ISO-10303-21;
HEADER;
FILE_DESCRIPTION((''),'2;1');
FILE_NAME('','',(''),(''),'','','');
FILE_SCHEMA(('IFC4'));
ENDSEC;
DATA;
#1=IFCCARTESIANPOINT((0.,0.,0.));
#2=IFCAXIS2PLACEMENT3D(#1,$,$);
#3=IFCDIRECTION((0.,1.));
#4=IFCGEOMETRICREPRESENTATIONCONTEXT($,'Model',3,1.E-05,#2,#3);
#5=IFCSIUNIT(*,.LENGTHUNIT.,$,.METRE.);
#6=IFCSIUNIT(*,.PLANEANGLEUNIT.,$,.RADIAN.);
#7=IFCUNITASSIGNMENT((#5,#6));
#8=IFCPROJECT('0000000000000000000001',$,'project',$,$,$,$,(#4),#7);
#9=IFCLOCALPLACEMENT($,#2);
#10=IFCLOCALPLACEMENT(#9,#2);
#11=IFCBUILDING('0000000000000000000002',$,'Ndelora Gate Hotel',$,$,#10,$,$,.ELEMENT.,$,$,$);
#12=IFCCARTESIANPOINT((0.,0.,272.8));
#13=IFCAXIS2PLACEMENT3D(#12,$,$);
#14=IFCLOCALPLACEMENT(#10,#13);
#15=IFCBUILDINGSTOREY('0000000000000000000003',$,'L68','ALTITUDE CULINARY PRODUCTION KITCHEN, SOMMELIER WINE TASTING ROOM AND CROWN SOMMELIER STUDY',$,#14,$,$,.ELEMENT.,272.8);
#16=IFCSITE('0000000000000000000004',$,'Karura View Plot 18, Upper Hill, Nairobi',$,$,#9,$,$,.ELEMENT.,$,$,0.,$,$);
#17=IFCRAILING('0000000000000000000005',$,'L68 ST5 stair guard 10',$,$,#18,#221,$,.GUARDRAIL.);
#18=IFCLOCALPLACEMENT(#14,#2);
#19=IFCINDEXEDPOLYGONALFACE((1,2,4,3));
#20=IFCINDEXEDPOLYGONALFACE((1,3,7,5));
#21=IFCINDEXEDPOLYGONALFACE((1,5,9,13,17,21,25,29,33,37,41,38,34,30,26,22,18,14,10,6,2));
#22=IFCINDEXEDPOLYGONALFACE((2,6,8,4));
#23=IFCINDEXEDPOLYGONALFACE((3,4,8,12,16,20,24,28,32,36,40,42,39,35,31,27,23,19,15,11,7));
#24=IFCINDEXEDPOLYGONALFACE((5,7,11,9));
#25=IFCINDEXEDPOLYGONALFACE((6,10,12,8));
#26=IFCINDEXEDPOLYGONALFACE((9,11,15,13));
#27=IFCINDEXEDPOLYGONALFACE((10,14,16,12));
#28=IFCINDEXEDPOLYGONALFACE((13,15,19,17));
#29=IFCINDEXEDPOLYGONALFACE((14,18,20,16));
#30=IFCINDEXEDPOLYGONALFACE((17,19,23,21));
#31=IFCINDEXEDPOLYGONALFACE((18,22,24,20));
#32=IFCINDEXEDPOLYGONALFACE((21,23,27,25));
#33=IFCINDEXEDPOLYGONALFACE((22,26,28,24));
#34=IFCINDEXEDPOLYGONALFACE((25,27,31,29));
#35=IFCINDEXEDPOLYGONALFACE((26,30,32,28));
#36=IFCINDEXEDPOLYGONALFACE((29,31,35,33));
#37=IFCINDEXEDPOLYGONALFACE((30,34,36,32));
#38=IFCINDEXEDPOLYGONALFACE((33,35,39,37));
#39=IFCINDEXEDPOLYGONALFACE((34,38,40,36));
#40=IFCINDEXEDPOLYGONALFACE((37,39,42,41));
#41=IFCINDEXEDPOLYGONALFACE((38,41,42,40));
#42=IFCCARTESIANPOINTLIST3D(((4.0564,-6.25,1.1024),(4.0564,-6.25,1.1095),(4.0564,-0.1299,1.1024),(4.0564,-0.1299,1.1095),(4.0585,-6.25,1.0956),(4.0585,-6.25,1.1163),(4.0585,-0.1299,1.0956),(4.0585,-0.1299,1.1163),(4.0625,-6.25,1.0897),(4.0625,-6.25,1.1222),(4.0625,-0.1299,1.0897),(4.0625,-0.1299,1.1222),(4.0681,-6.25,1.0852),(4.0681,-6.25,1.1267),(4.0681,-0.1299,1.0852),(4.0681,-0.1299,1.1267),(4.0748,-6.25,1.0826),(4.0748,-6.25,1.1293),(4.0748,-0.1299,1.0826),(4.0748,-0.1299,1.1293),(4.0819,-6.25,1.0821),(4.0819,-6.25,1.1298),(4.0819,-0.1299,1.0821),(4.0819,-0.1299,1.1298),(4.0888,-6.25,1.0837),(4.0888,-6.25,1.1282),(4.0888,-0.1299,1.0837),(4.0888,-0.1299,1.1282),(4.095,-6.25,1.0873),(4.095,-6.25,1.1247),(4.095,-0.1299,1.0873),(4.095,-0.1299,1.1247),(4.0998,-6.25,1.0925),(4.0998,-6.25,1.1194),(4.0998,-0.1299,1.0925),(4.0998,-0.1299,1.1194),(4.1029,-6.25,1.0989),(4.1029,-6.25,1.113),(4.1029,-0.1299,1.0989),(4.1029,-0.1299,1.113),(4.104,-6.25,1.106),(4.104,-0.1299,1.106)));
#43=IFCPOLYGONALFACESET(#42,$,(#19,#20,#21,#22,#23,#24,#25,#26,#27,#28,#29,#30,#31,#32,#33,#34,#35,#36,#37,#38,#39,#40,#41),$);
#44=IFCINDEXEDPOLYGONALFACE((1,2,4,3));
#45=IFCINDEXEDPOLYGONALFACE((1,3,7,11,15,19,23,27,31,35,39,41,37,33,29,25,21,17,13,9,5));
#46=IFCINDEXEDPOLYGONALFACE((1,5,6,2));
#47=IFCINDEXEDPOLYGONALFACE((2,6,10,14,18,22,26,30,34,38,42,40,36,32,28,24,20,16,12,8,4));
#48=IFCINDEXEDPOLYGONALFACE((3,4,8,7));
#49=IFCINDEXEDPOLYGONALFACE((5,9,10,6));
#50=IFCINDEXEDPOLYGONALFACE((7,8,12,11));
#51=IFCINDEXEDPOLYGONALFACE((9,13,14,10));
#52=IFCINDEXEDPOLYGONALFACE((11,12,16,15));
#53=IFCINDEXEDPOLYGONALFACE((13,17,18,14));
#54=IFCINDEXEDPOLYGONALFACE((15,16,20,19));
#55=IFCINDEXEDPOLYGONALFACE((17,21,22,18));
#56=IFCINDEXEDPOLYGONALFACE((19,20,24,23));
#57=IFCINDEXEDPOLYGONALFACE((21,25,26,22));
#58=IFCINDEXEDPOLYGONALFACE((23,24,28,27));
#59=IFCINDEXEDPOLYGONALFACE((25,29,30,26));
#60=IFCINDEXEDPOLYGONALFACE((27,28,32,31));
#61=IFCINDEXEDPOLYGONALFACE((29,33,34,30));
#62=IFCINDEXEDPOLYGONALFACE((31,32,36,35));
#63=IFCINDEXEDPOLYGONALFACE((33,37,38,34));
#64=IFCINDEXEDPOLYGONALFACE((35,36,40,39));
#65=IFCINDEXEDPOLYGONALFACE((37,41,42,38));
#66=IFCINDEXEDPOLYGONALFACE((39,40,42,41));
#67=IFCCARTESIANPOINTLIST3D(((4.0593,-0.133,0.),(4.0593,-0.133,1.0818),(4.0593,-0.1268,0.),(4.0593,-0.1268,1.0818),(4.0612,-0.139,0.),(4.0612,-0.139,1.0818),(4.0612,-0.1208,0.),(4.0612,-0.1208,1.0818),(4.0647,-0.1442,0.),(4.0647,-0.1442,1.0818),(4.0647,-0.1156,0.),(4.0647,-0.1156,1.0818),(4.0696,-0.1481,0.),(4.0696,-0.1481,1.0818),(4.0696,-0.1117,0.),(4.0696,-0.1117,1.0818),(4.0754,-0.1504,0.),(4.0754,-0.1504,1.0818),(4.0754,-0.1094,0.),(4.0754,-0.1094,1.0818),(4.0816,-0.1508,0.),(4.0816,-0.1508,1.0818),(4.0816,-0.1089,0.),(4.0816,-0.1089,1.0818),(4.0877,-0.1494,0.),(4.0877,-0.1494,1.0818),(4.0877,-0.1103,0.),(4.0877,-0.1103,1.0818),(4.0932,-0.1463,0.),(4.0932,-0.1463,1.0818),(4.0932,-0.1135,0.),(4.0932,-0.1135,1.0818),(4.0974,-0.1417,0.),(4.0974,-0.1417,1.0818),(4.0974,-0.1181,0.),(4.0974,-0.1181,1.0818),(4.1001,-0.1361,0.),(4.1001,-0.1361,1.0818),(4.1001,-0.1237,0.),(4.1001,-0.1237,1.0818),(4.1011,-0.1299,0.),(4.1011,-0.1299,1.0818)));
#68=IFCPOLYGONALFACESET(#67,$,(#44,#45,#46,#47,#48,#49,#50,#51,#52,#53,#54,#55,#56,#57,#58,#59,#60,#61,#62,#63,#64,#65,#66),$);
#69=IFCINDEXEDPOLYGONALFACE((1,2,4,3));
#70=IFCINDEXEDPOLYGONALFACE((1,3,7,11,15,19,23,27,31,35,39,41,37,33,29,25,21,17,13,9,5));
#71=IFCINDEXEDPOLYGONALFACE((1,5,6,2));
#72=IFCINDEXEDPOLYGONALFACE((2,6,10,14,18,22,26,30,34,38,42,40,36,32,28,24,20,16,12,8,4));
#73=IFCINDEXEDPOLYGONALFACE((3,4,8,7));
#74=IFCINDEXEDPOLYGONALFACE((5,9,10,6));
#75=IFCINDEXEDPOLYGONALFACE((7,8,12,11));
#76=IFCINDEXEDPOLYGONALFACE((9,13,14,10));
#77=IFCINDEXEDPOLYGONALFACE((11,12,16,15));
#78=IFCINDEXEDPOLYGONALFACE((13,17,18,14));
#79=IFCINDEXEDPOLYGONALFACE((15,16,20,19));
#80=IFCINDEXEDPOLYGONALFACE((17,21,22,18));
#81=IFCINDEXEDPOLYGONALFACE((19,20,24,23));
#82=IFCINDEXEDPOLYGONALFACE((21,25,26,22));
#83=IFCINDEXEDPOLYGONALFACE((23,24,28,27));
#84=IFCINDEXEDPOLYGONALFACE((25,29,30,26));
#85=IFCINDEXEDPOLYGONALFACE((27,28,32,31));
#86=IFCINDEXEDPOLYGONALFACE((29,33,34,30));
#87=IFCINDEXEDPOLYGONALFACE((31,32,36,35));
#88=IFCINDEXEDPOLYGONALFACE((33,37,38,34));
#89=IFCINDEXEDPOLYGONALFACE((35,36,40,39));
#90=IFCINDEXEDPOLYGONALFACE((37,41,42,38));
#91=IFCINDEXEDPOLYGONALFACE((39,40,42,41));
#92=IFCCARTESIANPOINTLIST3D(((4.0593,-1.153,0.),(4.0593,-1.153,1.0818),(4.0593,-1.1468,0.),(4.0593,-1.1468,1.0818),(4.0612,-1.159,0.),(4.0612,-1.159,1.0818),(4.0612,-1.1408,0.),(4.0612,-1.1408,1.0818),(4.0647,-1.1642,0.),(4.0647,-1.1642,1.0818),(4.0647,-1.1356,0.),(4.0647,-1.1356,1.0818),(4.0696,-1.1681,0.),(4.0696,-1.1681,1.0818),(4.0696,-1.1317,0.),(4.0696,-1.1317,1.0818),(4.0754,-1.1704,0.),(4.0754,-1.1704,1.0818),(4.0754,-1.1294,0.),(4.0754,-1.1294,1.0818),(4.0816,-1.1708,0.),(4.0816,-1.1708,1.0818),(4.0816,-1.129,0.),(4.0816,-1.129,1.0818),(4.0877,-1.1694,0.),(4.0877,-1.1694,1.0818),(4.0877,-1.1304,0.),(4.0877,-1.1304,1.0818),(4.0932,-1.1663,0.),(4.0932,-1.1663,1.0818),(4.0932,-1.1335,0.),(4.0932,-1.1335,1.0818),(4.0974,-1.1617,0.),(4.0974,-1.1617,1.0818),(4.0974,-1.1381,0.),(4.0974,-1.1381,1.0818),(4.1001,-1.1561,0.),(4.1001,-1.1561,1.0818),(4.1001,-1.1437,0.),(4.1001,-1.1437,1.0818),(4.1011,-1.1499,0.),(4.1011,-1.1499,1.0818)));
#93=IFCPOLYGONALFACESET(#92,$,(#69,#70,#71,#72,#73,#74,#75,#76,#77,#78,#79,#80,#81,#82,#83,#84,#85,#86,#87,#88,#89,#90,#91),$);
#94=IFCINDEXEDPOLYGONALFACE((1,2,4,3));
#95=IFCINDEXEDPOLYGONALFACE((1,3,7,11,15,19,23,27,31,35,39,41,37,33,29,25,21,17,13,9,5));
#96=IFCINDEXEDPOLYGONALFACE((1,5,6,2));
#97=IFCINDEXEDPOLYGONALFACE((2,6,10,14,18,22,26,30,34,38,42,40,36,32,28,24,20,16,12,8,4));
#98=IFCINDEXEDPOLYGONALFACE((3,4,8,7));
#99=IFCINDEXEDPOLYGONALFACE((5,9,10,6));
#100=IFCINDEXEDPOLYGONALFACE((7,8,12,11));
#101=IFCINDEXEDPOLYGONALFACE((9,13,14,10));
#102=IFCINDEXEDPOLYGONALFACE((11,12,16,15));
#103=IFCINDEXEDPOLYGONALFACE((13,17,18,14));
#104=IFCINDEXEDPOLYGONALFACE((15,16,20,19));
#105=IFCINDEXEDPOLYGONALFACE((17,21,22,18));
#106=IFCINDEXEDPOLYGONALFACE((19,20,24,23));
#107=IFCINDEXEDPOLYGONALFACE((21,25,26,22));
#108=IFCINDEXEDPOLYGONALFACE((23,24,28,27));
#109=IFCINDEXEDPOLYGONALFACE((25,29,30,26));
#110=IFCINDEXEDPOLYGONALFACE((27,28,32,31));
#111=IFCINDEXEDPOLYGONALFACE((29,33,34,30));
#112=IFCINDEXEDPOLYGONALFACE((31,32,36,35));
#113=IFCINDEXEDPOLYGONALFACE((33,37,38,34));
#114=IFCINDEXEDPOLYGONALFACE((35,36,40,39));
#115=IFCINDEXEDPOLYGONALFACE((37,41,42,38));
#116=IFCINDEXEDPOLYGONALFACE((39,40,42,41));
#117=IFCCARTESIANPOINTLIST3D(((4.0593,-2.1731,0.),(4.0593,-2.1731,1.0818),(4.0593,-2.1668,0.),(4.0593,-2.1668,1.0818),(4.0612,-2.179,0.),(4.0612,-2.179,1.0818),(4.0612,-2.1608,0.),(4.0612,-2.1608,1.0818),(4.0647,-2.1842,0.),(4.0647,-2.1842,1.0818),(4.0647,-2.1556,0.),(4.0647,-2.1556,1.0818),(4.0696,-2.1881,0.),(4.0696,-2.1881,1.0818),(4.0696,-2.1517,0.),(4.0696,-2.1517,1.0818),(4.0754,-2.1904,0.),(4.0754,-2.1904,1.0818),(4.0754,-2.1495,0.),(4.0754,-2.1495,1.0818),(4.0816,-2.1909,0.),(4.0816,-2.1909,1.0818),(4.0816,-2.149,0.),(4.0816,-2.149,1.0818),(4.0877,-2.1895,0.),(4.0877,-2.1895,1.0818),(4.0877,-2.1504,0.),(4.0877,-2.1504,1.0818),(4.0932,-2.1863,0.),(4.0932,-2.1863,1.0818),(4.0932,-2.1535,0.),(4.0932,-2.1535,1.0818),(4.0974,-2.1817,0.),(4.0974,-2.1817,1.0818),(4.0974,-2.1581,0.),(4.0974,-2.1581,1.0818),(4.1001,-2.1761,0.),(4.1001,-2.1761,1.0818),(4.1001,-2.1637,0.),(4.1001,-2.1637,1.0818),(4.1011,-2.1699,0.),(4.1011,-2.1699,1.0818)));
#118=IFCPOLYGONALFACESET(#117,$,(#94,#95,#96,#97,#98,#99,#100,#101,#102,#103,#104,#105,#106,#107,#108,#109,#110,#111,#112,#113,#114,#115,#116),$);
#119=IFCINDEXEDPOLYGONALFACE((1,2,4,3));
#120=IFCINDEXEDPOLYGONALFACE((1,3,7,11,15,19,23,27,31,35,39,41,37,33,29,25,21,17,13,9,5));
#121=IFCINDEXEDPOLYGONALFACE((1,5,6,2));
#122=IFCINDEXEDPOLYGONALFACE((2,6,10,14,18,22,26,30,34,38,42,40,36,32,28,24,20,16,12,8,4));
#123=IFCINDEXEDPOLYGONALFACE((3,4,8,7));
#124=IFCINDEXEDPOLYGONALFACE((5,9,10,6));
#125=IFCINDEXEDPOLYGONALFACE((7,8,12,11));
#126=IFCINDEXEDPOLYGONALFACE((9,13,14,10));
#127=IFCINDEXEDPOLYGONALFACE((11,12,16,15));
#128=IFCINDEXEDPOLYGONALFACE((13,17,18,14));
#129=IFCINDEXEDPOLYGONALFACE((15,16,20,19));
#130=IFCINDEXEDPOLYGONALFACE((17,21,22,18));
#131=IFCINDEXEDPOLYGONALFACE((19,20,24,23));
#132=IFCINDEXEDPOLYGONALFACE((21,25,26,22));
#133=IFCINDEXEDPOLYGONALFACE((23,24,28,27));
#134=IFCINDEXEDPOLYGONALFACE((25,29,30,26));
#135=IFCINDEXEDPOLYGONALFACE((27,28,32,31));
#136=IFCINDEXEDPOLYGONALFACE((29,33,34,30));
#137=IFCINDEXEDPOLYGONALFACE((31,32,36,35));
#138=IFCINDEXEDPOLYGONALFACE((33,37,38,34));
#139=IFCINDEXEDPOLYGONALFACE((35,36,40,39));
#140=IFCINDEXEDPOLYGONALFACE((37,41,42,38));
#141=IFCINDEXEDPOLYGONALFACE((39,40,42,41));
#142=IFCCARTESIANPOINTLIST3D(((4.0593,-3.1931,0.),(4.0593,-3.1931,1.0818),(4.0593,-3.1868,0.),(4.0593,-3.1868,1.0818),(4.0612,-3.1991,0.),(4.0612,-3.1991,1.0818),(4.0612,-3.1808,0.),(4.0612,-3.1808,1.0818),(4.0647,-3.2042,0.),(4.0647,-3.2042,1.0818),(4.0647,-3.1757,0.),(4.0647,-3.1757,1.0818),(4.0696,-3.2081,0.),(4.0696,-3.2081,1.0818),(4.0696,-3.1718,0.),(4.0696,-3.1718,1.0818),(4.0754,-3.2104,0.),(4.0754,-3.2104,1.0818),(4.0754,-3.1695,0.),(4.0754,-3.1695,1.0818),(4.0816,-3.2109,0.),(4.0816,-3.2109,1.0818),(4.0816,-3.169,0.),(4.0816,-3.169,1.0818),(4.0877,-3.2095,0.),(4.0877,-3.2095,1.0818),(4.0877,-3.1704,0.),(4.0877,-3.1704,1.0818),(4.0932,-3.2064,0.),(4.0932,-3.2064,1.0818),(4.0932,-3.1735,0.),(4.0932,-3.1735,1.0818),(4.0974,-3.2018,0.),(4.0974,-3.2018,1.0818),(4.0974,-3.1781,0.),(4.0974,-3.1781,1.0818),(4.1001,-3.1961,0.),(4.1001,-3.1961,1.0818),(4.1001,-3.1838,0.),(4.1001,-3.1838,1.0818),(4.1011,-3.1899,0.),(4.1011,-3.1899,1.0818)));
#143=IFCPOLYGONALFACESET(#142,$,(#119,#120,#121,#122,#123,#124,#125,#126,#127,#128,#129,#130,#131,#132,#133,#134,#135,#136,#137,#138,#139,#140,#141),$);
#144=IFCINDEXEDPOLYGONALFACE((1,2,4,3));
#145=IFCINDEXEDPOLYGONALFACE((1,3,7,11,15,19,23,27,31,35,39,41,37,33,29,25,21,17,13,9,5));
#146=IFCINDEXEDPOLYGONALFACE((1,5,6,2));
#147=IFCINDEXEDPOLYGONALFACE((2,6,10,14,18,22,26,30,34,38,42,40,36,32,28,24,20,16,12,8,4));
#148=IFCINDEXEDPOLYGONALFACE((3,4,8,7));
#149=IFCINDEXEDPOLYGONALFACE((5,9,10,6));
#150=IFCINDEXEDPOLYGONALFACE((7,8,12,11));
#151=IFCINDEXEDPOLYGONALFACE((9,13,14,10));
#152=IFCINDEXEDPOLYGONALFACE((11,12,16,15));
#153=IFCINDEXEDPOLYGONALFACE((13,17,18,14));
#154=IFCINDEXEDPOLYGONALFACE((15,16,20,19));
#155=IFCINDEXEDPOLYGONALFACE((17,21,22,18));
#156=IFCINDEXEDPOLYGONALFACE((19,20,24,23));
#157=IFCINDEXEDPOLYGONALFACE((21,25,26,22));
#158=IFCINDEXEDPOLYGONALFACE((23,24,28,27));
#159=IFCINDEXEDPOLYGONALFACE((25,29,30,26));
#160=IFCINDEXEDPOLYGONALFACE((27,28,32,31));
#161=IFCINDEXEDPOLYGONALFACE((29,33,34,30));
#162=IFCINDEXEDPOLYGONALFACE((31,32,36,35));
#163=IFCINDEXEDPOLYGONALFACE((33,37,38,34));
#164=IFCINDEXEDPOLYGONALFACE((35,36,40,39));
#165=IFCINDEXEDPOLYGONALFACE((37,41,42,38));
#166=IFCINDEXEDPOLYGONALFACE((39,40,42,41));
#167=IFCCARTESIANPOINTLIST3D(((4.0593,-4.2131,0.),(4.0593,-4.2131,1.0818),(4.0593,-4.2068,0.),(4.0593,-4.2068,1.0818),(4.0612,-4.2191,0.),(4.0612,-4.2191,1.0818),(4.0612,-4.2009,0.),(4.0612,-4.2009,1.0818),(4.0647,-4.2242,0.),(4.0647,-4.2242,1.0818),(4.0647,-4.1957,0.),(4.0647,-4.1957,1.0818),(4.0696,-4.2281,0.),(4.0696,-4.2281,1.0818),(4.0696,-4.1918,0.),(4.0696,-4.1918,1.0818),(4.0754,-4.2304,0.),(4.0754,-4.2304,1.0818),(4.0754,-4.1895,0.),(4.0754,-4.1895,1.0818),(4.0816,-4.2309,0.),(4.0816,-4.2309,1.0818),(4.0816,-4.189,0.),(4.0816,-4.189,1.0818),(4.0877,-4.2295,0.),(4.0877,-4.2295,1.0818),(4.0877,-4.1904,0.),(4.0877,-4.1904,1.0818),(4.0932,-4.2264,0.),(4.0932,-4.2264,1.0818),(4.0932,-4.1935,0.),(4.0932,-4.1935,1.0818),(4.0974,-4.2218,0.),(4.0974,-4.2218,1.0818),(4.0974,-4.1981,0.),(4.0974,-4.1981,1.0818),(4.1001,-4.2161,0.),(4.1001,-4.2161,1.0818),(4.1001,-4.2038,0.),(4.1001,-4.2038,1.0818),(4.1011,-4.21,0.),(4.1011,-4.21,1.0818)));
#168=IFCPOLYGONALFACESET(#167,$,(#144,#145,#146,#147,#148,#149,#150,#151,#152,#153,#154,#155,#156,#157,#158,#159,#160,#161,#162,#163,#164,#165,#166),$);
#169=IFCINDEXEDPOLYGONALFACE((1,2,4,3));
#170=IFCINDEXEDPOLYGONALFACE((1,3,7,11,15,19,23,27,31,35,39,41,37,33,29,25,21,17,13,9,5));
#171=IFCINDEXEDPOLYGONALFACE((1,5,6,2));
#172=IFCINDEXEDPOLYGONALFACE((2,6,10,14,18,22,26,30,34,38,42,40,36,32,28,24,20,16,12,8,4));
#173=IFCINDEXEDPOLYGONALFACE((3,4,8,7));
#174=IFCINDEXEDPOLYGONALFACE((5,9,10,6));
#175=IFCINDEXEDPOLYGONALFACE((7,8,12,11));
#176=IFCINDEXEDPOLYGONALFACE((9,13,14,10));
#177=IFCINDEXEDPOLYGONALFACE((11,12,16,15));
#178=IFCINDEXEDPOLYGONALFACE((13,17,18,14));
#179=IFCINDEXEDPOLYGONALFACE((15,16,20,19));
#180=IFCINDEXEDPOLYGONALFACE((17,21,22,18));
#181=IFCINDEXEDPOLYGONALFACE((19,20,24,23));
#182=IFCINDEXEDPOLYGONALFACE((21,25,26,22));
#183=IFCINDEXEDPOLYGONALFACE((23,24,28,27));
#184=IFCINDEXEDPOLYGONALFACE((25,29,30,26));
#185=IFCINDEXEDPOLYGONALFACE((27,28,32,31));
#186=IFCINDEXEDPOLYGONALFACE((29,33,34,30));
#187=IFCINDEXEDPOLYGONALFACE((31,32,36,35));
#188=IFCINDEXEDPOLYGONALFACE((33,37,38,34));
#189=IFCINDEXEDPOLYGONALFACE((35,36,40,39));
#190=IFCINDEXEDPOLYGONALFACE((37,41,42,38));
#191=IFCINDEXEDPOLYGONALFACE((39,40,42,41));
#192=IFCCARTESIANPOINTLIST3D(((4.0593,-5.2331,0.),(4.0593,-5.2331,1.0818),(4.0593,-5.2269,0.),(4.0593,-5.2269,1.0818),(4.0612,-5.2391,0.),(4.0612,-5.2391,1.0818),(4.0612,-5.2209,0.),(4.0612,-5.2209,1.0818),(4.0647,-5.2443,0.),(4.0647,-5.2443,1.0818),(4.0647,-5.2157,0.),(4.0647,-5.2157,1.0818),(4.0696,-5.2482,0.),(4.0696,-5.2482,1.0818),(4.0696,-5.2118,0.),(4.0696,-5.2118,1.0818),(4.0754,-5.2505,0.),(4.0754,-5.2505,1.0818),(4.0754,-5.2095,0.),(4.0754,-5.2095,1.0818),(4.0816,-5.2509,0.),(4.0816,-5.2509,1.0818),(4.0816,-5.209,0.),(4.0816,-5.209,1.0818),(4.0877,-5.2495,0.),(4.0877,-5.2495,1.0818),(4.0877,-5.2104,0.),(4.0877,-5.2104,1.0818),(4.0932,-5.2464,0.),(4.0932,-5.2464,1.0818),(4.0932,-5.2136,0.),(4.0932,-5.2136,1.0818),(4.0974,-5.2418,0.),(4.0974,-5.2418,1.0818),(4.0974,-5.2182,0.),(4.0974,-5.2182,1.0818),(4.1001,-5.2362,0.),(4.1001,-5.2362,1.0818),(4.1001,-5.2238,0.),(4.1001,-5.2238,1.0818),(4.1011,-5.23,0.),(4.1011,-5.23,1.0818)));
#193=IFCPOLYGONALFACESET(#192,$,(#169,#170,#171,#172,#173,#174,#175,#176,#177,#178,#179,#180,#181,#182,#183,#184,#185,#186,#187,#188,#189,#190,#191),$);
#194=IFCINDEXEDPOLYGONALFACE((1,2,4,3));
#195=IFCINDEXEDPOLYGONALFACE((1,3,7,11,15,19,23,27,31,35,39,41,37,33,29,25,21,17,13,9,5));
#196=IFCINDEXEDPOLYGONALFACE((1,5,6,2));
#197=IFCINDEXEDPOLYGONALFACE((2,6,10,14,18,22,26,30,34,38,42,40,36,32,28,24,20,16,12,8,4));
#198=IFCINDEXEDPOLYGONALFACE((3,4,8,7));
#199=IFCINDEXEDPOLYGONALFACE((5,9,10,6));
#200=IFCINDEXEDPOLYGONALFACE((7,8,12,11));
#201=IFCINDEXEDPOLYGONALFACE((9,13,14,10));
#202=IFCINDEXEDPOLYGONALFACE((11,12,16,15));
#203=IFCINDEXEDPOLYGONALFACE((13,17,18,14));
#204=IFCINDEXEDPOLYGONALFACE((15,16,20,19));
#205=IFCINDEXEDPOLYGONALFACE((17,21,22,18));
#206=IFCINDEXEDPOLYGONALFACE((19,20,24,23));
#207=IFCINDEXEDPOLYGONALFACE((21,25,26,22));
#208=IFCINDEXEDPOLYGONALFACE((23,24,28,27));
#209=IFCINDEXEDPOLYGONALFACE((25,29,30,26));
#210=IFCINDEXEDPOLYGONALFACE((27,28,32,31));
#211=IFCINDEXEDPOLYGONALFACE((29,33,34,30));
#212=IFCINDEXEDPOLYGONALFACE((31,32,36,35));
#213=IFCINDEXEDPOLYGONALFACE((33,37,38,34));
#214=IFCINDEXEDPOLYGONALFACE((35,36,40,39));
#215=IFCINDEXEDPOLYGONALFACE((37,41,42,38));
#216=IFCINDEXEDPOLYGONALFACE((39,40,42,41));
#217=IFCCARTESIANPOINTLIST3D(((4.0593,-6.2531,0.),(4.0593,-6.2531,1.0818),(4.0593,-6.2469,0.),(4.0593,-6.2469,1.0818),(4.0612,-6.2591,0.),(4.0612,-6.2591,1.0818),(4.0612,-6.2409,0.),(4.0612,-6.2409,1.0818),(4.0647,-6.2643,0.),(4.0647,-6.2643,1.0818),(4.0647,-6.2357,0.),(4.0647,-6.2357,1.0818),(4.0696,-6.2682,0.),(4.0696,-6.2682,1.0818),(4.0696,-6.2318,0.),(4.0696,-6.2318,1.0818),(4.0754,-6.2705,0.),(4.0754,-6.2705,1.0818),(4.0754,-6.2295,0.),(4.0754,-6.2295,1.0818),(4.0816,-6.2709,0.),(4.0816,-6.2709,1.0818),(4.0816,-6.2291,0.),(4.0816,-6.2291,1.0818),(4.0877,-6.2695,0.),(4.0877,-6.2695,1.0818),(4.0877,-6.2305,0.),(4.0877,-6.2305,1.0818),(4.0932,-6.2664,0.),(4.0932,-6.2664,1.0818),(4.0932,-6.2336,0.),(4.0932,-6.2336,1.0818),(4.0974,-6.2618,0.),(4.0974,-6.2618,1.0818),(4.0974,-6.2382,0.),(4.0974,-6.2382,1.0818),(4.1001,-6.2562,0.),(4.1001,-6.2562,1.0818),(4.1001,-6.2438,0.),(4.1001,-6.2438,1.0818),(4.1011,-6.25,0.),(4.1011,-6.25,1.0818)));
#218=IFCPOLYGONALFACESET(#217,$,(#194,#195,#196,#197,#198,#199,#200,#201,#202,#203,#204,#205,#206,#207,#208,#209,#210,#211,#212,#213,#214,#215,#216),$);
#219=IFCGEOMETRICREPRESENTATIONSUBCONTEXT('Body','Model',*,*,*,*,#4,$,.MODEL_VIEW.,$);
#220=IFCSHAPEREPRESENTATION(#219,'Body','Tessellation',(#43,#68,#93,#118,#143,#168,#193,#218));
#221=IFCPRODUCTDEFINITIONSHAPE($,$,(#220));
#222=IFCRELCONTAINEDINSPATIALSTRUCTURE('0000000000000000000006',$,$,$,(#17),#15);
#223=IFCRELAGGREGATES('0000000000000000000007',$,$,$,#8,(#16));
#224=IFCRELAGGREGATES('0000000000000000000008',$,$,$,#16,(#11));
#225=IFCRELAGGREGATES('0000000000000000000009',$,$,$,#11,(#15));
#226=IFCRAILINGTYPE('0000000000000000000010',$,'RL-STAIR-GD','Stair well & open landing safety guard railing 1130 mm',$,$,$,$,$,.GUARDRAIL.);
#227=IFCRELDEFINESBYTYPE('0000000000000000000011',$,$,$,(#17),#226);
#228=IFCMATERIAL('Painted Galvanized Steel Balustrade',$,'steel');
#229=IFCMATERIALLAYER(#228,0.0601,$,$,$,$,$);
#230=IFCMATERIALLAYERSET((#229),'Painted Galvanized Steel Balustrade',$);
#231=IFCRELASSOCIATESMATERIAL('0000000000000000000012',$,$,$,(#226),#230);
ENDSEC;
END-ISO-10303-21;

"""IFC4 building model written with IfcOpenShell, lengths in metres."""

from ifc_helpers import new_model, si_unit, direction, frame, origin, origin_2d, place, context, subcontext, project, spatial, circle, extrude, material, layer, layer_set, type_object, element, save


model = new_model("IFC4")

# Units and contexts
model_context = context("Model", 3, precision=1e-05, world=origin(), true_north=direction((0.0, 1.0)))
body_context = subcontext(model_context, "Body", "Model", "MODEL_VIEW")
ifc_project = project(units=[si_unit("LENGTHUNIT", "METRE"), si_unit("PLANEANGLEUNIT", "RADIAN")], contexts=[model_context])

# Site, building, storey
site_placement = place(None, origin())
site = spatial("IfcSite", under=ifc_project, at=site_placement, Name="Karura View Plot 18, Upper Hill, Nairobi", CompositionType="ELEMENT", RefElevation=0.0)
building_placement = place(site_placement, origin())
building = spatial("IfcBuilding", under=site, at=building_placement, Name="Ndelora Gate Hotel", CompositionType="ELEMENT")
storey_placement = place(building_placement, frame((0.0, 0.0, 272.8)))
storey = spatial("IfcBuildingStorey", under=building, at=storey_placement, Name="L68", Description="ALTITUDE CULINARY PRODUCTION KITCHEN, SOMMELIER WINE TASTING ROOM AND CROWN SOMMELIER STUDY", CompositionType="ELEMENT", Elevation=272.8)

# Railing
ifc_material_1 = material(Name="Painted Galvanized Steel Balustrade", Category="steel")
ifc_layer_1 = layer(ifc_material_1, 0.0601)
ifc_layer_set_1 = layer_set([ifc_layer_1], Name="Painted Galvanized Steel Balustrade")
railing_type_1 = type_object("IfcRailingType", Name="RL-STAIR-GD", Description="Stair well & open landing safety guard railing 1130 mm", PredefinedType="GUARDRAIL", material=ifc_layer_set_1)
railing_1_placement = place(storey_placement, frame((4.0801, -0.1299, 0.0)))
element("IfcRailing", 1, at=railing_1_placement, inside=storey, type_object=railing_type_1, Name="L68 ST5 stair guard 10", PredefinedType="GUARDRAIL", context=body_context, shape_type="SweptSolid", body=[
    extrude(circle(Radius=0.0239, at=origin_2d()), frame((0.0, 0.0, 1.106), z_axis=(0.0, -1.0, 0.0), x_axis=(1.0, 0.0, 0.0)), (0.0, 0.0, 1.0), 6.1201),
    extrude(circle(Radius=0.021, at=origin_2d()), origin(), (0.0, 0.0, 1.0), 1.0818),
    extrude(circle(Radius=0.021, at=origin_2d()), frame((0.0, -1.02, 0.0)), (0.0, 0.0, 1.0), 1.0818),
    extrude(circle(Radius=0.021, at=origin_2d()), frame((0.0, -2.04, 0.0)), (0.0, 0.0, 1.0), 1.0818),
    extrude(circle(Radius=0.021, at=origin_2d()), frame((0.0, -3.0601, 0.0)), (0.0, 0.0, 1.0), 1.0818),
    extrude(circle(Radius=0.021, at=origin_2d()), frame((0.0, -4.0801, 0.0)), (0.0, 0.0, 1.0), 1.0818),
    extrude(circle(Radius=0.021, at=origin_2d()), frame((0.0, -5.1001, 0.0)), (0.0, 0.0, 1.0), 1.0818),
    extrude(circle(Radius=0.021, at=origin_2d()), frame((0.0, -6.1201, 0.0)), (0.0, 0.0, 1.0), 1.0818),
])

save(model, "model.ifc")
